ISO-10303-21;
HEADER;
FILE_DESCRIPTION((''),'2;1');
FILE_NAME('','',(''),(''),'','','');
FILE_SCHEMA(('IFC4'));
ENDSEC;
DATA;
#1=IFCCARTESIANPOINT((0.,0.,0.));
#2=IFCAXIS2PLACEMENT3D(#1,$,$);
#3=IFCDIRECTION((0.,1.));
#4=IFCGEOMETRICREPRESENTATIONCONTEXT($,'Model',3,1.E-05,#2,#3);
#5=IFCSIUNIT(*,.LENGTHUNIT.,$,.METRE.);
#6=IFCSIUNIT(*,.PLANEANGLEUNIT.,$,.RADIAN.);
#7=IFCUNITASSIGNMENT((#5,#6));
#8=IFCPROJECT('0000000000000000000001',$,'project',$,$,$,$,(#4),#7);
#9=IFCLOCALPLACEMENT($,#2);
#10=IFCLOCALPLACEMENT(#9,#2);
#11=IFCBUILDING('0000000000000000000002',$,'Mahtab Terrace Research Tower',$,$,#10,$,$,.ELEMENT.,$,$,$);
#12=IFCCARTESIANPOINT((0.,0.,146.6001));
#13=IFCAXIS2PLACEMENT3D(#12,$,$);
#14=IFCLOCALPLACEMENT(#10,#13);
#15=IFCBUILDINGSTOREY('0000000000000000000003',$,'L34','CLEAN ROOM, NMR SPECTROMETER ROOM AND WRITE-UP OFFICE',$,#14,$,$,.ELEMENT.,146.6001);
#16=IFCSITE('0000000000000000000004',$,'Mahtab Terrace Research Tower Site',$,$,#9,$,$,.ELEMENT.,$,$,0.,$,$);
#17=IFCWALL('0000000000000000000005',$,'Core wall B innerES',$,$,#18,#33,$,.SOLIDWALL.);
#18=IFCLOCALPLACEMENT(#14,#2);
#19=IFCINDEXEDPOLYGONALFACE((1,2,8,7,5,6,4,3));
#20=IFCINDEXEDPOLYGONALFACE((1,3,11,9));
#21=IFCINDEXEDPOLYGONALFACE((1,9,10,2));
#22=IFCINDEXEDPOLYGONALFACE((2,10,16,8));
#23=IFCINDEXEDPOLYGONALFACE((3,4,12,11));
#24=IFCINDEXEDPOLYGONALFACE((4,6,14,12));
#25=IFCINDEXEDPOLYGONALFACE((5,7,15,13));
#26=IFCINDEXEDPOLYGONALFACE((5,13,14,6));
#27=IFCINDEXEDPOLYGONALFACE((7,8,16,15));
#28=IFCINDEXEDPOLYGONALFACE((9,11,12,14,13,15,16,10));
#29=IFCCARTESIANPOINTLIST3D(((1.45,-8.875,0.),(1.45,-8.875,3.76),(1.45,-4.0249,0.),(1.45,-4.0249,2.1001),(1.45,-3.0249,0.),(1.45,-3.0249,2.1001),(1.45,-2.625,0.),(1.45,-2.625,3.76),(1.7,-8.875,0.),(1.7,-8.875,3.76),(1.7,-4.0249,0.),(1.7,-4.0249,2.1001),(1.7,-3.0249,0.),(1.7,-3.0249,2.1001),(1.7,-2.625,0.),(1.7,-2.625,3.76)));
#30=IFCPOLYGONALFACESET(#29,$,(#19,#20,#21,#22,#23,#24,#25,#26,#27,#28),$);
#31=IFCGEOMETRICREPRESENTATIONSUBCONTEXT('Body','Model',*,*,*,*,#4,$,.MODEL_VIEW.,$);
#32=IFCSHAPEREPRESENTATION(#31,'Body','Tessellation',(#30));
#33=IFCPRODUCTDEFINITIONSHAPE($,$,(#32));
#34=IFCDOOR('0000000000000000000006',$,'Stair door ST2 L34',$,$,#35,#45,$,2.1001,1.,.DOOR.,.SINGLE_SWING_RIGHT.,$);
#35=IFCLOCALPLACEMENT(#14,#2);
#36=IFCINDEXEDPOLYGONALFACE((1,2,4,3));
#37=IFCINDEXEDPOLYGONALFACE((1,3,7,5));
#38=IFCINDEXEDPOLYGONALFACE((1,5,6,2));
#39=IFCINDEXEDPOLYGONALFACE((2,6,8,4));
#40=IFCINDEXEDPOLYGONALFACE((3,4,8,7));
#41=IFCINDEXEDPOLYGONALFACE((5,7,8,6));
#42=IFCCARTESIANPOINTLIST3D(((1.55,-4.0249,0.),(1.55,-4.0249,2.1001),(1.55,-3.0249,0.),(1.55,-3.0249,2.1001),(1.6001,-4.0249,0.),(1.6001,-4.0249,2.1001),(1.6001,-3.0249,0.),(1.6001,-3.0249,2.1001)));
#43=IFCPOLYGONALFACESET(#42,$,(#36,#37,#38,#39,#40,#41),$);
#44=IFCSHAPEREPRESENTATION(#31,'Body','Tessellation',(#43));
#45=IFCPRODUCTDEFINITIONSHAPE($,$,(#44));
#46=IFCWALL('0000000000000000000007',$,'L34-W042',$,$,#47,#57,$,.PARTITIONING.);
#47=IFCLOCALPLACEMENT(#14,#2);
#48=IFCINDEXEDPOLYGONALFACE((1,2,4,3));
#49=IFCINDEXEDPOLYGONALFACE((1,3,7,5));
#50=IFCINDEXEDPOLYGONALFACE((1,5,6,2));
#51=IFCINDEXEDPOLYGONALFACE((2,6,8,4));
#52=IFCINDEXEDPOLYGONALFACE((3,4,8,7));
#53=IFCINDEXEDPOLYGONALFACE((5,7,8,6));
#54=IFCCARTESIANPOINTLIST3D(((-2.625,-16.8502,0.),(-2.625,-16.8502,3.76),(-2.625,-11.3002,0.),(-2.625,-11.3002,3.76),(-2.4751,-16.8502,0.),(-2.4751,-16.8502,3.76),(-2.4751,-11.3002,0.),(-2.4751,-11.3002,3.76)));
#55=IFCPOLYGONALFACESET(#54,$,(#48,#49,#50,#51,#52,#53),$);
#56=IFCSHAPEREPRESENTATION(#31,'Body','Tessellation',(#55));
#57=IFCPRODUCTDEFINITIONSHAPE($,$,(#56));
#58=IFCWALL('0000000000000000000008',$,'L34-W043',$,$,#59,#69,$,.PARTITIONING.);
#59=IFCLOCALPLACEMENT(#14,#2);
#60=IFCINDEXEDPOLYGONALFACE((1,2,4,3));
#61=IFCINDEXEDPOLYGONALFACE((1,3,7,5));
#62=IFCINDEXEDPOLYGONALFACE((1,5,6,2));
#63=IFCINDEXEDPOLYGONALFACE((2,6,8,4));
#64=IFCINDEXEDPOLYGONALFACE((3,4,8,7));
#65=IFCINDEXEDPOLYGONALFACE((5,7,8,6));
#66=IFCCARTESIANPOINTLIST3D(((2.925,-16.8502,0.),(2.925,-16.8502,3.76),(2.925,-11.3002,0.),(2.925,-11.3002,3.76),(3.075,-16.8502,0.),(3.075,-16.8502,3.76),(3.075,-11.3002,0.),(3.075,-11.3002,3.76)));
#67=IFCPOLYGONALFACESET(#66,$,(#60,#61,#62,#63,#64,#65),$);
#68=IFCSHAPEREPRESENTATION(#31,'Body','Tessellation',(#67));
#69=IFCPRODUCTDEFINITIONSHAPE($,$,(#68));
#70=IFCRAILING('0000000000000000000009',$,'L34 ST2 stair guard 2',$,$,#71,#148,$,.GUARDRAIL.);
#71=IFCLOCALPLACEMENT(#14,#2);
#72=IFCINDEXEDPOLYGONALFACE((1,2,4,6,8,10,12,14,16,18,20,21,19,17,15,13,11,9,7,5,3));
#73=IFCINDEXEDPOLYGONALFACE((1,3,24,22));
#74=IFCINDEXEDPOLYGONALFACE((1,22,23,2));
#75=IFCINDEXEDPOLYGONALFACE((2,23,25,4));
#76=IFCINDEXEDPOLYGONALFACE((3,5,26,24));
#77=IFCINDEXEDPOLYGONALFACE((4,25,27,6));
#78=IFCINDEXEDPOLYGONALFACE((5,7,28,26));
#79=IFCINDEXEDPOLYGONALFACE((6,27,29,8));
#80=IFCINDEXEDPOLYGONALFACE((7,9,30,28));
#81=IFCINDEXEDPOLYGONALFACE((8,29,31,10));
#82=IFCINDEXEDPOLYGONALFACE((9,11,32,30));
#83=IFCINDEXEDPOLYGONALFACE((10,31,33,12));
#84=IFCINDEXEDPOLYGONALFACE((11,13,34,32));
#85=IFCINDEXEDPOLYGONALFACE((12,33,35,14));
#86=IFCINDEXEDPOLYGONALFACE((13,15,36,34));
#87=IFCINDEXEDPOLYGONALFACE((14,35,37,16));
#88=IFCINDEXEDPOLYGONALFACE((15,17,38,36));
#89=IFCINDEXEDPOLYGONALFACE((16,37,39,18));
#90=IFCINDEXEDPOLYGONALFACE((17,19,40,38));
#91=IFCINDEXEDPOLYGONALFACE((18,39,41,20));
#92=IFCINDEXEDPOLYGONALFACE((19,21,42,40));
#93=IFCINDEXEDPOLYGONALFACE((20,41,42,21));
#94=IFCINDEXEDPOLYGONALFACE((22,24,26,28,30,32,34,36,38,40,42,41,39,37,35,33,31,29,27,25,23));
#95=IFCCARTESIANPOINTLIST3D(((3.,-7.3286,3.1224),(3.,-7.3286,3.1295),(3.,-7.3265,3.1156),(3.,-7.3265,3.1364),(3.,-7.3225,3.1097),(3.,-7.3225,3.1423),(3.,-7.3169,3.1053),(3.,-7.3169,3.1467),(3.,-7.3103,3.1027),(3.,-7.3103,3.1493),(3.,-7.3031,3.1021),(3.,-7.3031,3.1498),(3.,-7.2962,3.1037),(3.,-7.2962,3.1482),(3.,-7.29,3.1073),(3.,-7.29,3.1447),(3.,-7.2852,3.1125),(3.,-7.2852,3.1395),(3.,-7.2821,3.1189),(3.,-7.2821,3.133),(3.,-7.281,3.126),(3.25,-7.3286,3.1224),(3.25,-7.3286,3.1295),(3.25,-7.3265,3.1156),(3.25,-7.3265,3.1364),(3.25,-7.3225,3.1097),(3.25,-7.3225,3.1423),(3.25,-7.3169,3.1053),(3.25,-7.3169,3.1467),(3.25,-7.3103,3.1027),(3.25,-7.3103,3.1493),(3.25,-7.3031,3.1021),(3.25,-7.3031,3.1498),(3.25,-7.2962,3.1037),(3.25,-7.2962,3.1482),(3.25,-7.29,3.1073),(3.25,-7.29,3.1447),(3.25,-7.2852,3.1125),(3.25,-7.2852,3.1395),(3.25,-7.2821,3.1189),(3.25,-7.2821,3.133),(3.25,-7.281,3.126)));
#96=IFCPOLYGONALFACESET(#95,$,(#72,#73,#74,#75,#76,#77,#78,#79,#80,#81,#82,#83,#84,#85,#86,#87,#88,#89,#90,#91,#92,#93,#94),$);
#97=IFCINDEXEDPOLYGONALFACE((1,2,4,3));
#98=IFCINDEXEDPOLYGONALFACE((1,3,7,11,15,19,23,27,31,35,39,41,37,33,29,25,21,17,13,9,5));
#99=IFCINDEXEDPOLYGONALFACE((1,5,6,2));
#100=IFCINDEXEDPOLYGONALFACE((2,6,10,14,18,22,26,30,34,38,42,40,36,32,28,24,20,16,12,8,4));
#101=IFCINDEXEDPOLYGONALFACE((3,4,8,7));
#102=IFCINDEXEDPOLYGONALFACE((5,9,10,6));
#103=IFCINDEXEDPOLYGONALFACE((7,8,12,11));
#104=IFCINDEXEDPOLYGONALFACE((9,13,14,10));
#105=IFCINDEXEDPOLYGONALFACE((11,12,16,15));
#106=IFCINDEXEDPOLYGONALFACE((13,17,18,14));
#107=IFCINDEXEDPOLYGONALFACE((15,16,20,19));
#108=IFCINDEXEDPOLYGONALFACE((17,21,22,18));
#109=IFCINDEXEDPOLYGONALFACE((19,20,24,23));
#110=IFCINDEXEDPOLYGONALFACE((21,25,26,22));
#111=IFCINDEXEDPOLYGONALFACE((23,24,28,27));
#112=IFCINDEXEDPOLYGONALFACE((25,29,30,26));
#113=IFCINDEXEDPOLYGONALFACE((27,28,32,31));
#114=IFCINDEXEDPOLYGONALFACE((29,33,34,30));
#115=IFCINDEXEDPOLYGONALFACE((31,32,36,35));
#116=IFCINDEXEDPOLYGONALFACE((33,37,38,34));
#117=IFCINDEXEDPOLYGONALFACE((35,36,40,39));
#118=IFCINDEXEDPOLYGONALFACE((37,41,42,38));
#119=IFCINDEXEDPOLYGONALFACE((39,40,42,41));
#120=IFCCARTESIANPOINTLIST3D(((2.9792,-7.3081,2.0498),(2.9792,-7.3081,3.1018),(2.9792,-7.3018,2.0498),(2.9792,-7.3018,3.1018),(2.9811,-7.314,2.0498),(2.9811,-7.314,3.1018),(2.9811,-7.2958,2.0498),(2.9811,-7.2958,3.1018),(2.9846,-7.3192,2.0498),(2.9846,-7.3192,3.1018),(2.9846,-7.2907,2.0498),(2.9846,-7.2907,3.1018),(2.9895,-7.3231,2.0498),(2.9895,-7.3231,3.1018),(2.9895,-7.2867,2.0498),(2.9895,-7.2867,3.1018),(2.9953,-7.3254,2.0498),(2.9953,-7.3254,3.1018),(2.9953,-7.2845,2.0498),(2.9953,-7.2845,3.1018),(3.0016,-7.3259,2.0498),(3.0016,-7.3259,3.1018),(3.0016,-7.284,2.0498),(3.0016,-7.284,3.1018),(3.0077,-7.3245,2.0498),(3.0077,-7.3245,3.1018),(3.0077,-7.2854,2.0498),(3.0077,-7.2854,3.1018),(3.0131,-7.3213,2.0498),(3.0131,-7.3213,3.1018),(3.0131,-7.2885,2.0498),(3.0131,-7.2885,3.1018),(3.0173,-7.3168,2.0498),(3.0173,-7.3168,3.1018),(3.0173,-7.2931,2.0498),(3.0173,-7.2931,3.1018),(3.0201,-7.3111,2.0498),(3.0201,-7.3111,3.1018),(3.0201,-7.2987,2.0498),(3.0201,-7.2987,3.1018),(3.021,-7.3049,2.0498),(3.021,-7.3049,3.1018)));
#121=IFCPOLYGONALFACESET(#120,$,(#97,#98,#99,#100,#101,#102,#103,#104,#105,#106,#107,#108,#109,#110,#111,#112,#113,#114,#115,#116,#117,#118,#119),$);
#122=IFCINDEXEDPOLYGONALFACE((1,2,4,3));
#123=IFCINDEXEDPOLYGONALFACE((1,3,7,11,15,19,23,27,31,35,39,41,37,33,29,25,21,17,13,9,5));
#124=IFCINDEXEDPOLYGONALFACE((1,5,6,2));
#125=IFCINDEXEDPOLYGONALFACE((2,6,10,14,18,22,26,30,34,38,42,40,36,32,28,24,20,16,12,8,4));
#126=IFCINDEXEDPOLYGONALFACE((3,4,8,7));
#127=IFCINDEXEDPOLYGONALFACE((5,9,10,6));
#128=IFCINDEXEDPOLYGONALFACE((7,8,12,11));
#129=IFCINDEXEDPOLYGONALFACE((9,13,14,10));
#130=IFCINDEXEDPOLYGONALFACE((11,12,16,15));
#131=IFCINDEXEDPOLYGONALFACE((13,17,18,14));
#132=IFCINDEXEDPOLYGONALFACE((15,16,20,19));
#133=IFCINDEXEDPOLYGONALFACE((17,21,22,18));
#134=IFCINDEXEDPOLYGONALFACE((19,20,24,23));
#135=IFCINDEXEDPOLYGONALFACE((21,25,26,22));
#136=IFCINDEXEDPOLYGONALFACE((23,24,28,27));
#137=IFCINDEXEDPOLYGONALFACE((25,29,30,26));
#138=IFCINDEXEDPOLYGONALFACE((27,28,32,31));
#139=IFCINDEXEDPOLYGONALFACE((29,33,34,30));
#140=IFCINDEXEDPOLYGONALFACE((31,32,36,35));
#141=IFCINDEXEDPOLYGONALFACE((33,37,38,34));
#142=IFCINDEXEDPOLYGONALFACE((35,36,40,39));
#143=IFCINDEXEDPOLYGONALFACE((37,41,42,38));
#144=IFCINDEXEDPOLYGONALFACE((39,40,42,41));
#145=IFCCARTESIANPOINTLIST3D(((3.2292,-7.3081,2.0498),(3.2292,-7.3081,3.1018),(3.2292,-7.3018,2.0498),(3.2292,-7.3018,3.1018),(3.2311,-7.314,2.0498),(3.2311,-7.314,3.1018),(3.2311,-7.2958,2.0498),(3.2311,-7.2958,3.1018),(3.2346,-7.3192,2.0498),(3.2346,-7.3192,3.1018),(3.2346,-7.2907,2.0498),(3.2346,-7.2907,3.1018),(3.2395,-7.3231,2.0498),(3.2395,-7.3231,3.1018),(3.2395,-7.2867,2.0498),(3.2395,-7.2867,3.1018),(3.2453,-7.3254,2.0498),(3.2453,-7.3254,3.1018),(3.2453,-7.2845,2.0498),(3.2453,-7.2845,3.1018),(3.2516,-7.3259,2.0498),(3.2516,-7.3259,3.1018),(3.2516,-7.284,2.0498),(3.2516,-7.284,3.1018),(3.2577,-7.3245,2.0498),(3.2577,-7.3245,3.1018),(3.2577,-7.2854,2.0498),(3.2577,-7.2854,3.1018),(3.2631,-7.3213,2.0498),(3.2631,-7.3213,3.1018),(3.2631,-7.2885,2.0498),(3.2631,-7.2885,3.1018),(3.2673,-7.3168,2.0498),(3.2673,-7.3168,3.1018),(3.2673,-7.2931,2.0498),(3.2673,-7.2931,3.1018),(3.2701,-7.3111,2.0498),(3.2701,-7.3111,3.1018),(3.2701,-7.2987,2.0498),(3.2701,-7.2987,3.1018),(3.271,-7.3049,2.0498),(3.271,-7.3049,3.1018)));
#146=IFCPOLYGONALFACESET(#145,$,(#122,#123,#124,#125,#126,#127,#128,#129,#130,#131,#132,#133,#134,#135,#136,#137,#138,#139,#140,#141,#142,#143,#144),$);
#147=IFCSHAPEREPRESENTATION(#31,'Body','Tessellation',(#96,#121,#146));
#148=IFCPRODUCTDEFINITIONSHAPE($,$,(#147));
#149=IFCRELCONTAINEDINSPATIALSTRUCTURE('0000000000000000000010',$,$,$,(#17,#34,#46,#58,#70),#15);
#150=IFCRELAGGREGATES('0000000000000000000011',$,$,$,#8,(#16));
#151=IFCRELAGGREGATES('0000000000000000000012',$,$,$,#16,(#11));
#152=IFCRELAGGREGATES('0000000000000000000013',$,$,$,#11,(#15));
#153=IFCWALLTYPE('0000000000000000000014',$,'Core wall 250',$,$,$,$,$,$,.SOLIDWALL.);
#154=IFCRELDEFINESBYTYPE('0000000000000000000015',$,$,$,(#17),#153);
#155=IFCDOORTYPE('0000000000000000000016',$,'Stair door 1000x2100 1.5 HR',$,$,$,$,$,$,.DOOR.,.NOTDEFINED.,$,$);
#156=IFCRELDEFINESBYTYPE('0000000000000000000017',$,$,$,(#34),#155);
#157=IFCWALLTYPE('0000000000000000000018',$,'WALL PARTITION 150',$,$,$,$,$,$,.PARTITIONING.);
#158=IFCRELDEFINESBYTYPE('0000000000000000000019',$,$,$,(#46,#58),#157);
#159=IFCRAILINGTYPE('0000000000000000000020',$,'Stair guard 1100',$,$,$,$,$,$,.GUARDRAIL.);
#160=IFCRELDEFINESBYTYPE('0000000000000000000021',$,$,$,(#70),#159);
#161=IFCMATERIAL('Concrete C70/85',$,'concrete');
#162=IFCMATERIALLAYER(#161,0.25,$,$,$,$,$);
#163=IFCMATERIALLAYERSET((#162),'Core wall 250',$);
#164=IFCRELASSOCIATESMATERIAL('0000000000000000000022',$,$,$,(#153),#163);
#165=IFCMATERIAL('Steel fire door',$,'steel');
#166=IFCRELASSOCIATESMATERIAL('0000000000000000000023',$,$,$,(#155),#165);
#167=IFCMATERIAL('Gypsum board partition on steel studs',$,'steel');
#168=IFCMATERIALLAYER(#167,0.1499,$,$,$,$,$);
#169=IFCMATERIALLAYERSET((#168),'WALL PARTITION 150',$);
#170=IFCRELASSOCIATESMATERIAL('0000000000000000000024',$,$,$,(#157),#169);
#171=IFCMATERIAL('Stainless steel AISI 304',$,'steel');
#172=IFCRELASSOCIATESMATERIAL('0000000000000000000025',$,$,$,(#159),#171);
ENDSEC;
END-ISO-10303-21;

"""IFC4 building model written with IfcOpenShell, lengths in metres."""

from ifc_helpers import new_model, si_unit, direction, frame, frame_2d, origin, origin_2d, place, context, subcontext, project, spatial, rectangle, circle, extrude, material, layer, layer_set, type_object, element, fill, save


model = new_model("IFC4")

# Units and contexts
model_context = context("Model", 3, precision=1e-05, world=origin(), true_north=direction((0.0, 1.0)))
body_context = subcontext(model_context, "Body", "Model", "MODEL_VIEW")
ifc_project = project(units=[si_unit("LENGTHUNIT", "METRE"), si_unit("PLANEANGLEUNIT", "RADIAN")], contexts=[model_context])

# Site, building, storey
site_placement = place(None, origin())
site = spatial("IfcSite", under=ifc_project, at=site_placement, Name="Mahtab Terrace Research Tower Site", CompositionType="ELEMENT", RefElevation=0.0)
building_placement = place(site_placement, origin())
building = spatial("IfcBuilding", under=site, at=building_placement, Name="Mahtab Terrace Research Tower", CompositionType="ELEMENT")
storey_placement = place(building_placement, frame((0.0, 0.0, 146.6001)))
storey = spatial("IfcBuildingStorey", under=building, at=storey_placement, Name="L34", Description="CLEAN ROOM, NMR SPECTROMETER ROOM AND WRITE-UP OFFICE", CompositionType="ELEMENT", Elevation=146.6001)

# Shared definitions
ifc_material_1 = material(Name="Concrete C70/85", Category="concrete")
ifc_layer_1 = layer(ifc_material_1, 0.25)
ifc_layer_set_1 = layer_set([ifc_layer_1], Name="Core wall 250")
wall_type_1 = type_object("IfcWallType", Name="Core wall 250", PredefinedType="SOLIDWALL", material=ifc_layer_set_1)

# Shared definitions
ifc_material_2 = material(Name="Steel fire door", Category="steel")

# Wall, opening, door
wall_1_placement = place(storey_placement, frame((1.575, -8.875, 0.0), z_axis=(0.0, 0.0, 1.0), x_axis=(0.0, 1.0, 0.0)))
wall_1 = element("IfcWall", 1, at=wall_1_placement, inside=storey, type_object=wall_type_1, Name="Core wall B innerES", PredefinedType="SOLIDWALL", context=body_context, shape_type="SweptSolid", body=[
    extrude(rectangle(XDim=6.25, YDim=0.25, at=frame_2d((3.125, 0.0))), origin(), (0.0, 0.0, 1.0), 3.76),
])
opening_1_placement = place(wall_1_placement, frame((4.8501, 0.0, 0.0)))
opening_1 = element("IfcOpeningElement", 2, at=opening_1_placement, cuts=wall_1, PredefinedType="OPENING", context=body_context, shape_type="SweptSolid", body=[
    extrude(rectangle(XDim=1.0, YDim=2.1001, at=frame_2d((0.5, 1.05))), frame((0.0, 0.135, 0.0), z_axis=(0.0, -1.0, 0.0), x_axis=(1.0, 0.0, 0.0)), (0.0, 0.0, 1.0), 0.27),
])
door_type_1 = type_object("IfcDoorType", Name="Stair door 1000x2100 1.5 HR", OperationType="NOTDEFINED", PredefinedType="DOOR", material=ifc_material_2)
door_1_placement = place(opening_1_placement, origin())
door_1 = element("IfcDoor", 3, at=door_1_placement, inside=storey, type_object=door_type_1, Name="Stair door ST2 L34", OperationType="SINGLE_SWING_RIGHT", OverallHeight=2.1001, OverallWidth=1.0, PredefinedType="DOOR", context=body_context, shape_type="SweptSolid", body=[
    extrude(rectangle(XDim=1.0, YDim=2.1001, at=frame_2d((0.5, 1.05))), frame((0.0, 0.0249, 0.0), z_axis=(0.0, -1.0, 0.0), x_axis=(1.0, 0.0, 0.0)), (0.0, 0.0, 1.0), 0.05),
])
fill(opening_1, door_1)

# Walls
ifc_material_3 = material(Name="Gypsum board partition on steel studs", Category="steel")
ifc_layer_2 = layer(ifc_material_3, 0.1499)
ifc_layer_set_2 = layer_set([ifc_layer_2], Name="WALL PARTITION 150")
wall_type_2 = type_object("IfcWallType", Name="WALL PARTITION 150", PredefinedType="PARTITIONING", material=ifc_layer_set_2)
for number, where, z_axis, x_axis, name in (
    (4, (-2.55, -16.8501, 0.0), (0.0, 0.0, 1.0), (0.0, 1.0, 0.0), "L34-W042"),
    (5, (3.0, -16.8501, 0.0), (0.0, 0.0, 1.0), (0.0, 1.0, 0.0), "L34-W043"),
):
    element("IfcWall", number, at=place(storey_placement, frame(where, z_axis=z_axis, x_axis=x_axis)), inside=storey, type_object=wall_type_2, Name=name, PredefinedType="PARTITIONING", context=body_context, shape_type="SweptSolid", body=[
        extrude(rectangle(XDim=5.55, YDim=0.1499, at=frame_2d((2.7749, 0.0))), origin(), (0.0, 0.0, 1.0), 3.76),
    ])

# Railing
ifc_material_4 = material(Name="Stainless steel AISI 304", Category="steel")
railing_type = type_object("IfcRailingType", Name="Stair guard 1100", PredefinedType="GUARDRAIL", material=ifc_material_4)
railing_1_placement = place(storey_placement, frame((3.0, -7.3049, 2.0498)))
element("IfcRailing", 6, at=railing_1_placement, inside=storey, type_object=railing_type, Name="L34 ST2 stair guard 2", PredefinedType="GUARDRAIL", context=body_context, shape_type="SweptSolid", body=[
    extrude(circle(Radius=0.0239, at=origin_2d()), frame((0.0, 0.0, 1.0762), z_axis=(1.0, 0.0, 0.0), x_axis=(0.0, 1.0, 0.0)), (0.0, 0.0, 1.0), 0.25),
    extrude(circle(Radius=0.021, at=origin_2d()), origin(), (0.0, 0.0, 1.0), 1.052),
    extrude(circle(Radius=0.021, at=origin_2d()), frame((0.25, 0.0, 0.0)), (0.0, 0.0, 1.0), 1.052),
])

save(model, "model.ifc")
